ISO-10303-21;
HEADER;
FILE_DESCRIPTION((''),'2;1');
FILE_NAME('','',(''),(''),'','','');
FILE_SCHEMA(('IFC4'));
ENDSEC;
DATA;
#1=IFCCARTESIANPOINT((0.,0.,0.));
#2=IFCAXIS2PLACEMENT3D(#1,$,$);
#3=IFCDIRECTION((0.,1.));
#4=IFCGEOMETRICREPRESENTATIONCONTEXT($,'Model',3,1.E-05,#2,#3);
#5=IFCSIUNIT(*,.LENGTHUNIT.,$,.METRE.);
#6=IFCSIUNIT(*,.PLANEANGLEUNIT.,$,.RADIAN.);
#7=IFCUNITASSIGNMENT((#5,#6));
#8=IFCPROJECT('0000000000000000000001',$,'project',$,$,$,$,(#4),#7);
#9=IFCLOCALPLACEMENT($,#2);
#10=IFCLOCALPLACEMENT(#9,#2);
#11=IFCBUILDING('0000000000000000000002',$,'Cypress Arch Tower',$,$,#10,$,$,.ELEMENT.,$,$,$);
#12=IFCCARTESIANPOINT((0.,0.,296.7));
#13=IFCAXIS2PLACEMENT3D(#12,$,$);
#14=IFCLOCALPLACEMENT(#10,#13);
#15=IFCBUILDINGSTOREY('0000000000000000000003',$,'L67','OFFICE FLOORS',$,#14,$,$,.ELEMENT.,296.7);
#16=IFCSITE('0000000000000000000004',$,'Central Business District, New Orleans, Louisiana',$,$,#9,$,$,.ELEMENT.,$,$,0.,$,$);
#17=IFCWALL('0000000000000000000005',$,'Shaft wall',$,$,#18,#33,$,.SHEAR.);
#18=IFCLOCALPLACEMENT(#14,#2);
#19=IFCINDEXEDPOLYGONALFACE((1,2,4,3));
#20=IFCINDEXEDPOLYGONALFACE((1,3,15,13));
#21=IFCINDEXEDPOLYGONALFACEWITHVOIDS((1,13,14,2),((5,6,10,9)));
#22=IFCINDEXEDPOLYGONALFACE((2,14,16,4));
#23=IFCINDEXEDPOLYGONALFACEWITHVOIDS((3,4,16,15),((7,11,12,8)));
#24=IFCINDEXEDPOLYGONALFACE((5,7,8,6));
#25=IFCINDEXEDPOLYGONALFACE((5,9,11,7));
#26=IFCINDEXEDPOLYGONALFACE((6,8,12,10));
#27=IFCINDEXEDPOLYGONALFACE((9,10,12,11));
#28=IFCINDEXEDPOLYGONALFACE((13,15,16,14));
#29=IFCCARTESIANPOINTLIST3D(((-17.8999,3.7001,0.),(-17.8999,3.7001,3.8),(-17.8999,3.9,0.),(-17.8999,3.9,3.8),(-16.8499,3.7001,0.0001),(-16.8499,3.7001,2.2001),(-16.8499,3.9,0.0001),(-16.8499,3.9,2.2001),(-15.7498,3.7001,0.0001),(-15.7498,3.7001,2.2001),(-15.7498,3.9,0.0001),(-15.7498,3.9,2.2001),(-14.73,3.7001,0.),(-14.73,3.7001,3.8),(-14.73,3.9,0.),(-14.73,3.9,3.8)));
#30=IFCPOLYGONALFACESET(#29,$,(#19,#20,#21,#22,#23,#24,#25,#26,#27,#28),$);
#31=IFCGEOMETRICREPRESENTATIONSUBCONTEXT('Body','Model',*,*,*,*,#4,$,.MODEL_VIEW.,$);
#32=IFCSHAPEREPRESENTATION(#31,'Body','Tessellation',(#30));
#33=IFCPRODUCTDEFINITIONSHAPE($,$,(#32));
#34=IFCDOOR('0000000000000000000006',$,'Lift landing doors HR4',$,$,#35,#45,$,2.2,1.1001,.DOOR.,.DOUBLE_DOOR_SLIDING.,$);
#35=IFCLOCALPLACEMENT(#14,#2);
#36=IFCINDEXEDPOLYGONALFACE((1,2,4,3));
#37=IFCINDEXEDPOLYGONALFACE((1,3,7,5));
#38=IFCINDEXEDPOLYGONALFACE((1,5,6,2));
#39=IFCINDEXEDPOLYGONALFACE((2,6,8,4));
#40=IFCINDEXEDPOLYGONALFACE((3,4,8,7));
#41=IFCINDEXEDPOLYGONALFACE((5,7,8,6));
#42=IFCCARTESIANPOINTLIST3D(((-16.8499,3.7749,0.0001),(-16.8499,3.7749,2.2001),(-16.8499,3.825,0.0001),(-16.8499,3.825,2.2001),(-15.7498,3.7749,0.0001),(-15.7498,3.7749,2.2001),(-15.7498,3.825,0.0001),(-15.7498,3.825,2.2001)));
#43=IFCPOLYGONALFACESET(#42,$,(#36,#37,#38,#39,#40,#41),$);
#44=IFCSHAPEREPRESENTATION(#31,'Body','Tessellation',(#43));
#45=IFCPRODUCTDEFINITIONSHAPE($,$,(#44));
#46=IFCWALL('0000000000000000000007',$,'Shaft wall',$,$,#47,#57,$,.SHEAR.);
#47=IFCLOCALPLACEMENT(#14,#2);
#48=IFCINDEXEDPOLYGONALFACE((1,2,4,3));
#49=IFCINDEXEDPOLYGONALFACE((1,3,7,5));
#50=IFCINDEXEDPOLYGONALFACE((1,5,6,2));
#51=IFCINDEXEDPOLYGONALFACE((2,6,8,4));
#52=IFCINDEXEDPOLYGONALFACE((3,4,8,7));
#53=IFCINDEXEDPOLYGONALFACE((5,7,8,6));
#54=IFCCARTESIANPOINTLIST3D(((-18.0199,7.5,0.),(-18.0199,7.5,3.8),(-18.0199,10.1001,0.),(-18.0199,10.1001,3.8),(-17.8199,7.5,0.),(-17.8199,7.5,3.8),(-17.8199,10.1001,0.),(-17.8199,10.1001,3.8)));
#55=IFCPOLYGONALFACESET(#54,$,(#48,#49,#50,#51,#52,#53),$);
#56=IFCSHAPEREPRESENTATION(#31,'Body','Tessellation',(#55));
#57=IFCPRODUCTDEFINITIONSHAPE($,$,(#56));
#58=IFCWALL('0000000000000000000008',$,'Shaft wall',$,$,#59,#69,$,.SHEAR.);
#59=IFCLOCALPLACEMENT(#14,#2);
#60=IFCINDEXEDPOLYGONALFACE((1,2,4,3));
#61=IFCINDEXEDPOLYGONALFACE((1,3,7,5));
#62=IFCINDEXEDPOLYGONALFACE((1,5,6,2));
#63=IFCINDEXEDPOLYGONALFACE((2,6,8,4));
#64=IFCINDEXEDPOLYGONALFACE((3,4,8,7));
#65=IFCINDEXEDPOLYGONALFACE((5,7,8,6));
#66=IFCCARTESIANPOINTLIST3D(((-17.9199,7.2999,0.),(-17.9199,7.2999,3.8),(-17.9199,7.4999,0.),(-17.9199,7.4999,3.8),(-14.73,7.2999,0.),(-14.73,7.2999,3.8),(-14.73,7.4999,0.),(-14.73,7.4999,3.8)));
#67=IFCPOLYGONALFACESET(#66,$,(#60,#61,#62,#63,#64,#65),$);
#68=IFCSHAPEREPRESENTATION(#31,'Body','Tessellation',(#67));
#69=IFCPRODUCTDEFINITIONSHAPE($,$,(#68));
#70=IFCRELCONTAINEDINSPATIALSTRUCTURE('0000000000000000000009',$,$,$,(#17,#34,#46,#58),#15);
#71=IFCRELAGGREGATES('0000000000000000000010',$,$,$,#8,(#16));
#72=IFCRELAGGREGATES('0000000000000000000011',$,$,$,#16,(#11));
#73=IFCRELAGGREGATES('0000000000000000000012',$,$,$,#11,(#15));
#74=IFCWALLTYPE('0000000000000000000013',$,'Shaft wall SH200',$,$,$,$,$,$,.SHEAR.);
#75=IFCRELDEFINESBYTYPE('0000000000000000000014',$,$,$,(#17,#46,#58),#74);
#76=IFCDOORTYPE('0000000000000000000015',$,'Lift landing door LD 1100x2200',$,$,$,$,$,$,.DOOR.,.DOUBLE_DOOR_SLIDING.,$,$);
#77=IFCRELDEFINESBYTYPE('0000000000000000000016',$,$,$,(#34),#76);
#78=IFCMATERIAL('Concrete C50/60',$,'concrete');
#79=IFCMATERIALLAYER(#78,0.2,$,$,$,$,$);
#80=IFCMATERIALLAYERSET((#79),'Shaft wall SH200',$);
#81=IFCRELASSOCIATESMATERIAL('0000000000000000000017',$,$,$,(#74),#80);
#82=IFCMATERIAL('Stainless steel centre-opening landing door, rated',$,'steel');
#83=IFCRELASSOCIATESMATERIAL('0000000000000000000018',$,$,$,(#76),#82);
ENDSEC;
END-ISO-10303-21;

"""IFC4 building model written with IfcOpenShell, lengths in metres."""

from ifc_helpers import new_model, si_unit, direction, frame, frame_2d, origin, place, context, subcontext, project, spatial, rectangle, extrude, material, layer, layer_set, type_object, element, fill, save


model = new_model("IFC4")

# Units and contexts
model_context = context("Model", 3, precision=1e-05, world=origin(), true_north=direction((0.0, 1.0)))
body_context = subcontext(model_context, "Body", "Model", "MODEL_VIEW")
ifc_project = project(units=[si_unit("LENGTHUNIT", "METRE"), si_unit("PLANEANGLEUNIT", "RADIAN")], contexts=[model_context])

# Site, building, storey
site_placement = place(None, origin())
site = spatial("IfcSite", under=ifc_project, at=site_placement, Name="Central Business District, New Orleans, Louisiana", CompositionType="ELEMENT", RefElevation=0.0)
building_placement = place(site_placement, origin())
building = spatial("IfcBuilding", under=site, at=building_placement, Name="Cypress Arch Tower", CompositionType="ELEMENT")
storey_placement = place(building_placement, frame((0.0, 0.0, 296.7)))
storey = spatial("IfcBuildingStorey", under=building, at=storey_placement, Name="L67", Description="OFFICE FLOORS", CompositionType="ELEMENT", Elevation=296.7)

# Shared definitions
ifc_material_1 = material(Name="Concrete C50/60", Category="concrete")
ifc_layer_1 = layer(ifc_material_1, 0.2)
ifc_layer_set_1 = layer_set([ifc_layer_1], Name="Shaft wall SH200")
wall_type_1 = type_object("IfcWallType", Name="Shaft wall SH200", PredefinedType="SHEAR", material=ifc_layer_set_1)

# Wall, opening, door
wall_1_placement = place(storey_placement, frame((-17.8999, 3.8, 0.0), z_axis=(0.0, 0.0, 1.0), x_axis=(1.0, 0.0, 0.0)))
wall_1 = element("IfcWall", 1, at=wall_1_placement, inside=storey, type_object=wall_type_1, Name="Shaft wall", PredefinedType="SHEAR", context=body_context, shape_type="SweptSolid", body=[
    extrude(rectangle(XDim=3.1699, YDim=0.2, at=frame_2d((1.585, 0.0))), origin(), (0.0, 0.0, 1.0), 3.8),
])
opening_placement = place(wall_1_placement, frame((1.05, 0.0, 0.0)))
opening = element("IfcOpeningElement", 2, at=opening_placement, cuts=wall_1, PredefinedType="OPENING", context=body_context, shape_type="SweptSolid", body=[
    extrude(rectangle(XDim=1.1001, YDim=2.2, at=frame_2d((0.55, 1.1001))), frame((0.0, 0.1099, 0.0), z_axis=(0.0, -1.0, 0.0), x_axis=(1.0, 0.0, 0.0)), (0.0, 0.0, 1.0), 0.22),
])
ifc_material_2 = material(Name="Stainless steel centre-opening landing door, rated", Category="steel")
door_type = type_object("IfcDoorType", Name="Lift landing door LD 1100x2200", OperationType="DOUBLE_DOOR_SLIDING", PredefinedType="DOOR", material=ifc_material_2)
door_placement = place(opening_placement, origin())
door = element("IfcDoor", 3, at=door_placement, inside=storey, type_object=door_type, Name="Lift landing doors HR4", OperationType="DOUBLE_DOOR_SLIDING", OverallHeight=2.2, OverallWidth=1.1001, PredefinedType="DOOR", context=body_context, shape_type="SweptSolid", body=[
    extrude(rectangle(XDim=1.1001, YDim=2.2, at=frame_2d((0.55, 1.1001))), frame((0.0, 0.0249, 0.0), z_axis=(0.0, -1.0, 0.0), x_axis=(1.0, 0.0, 0.0)), (0.0, 0.0, 1.0), 0.05),
])
fill(opening, door)

# Walls
wall_2_placement = place(storey_placement, frame((-17.9199, 7.5, 0.0), z_axis=(0.0, 0.0, 1.0), x_axis=(0.0, 1.0, 0.0)))
element("IfcWall", 4, at=wall_2_placement, inside=storey, type_object=wall_type_1, Name="Shaft wall", PredefinedType="SHEAR", context=body_context, shape_type="SweptSolid", body=[
    extrude(rectangle(XDim=2.6001, YDim=0.2, at=frame_2d((1.3, 0.0))), origin(), (0.0, 0.0, 1.0), 3.8),
])
wall_3_placement = place(storey_placement, frame((-17.9199, 7.3999, 0.0), z_axis=(0.0, 0.0, 1.0), x_axis=(1.0, 0.0, 0.0)))
element("IfcWall", 5, at=wall_3_placement, inside=storey, type_object=wall_type_1, Name="Shaft wall", PredefinedType="SHEAR", context=body_context, shape_type="SweptSolid", body=[
    extrude(rectangle(XDim=3.1899, YDim=0.2, at=frame_2d((1.595, 0.0))), origin(), (0.0, 0.0, 1.0), 3.8),
])

save(model, "model.ifc")
